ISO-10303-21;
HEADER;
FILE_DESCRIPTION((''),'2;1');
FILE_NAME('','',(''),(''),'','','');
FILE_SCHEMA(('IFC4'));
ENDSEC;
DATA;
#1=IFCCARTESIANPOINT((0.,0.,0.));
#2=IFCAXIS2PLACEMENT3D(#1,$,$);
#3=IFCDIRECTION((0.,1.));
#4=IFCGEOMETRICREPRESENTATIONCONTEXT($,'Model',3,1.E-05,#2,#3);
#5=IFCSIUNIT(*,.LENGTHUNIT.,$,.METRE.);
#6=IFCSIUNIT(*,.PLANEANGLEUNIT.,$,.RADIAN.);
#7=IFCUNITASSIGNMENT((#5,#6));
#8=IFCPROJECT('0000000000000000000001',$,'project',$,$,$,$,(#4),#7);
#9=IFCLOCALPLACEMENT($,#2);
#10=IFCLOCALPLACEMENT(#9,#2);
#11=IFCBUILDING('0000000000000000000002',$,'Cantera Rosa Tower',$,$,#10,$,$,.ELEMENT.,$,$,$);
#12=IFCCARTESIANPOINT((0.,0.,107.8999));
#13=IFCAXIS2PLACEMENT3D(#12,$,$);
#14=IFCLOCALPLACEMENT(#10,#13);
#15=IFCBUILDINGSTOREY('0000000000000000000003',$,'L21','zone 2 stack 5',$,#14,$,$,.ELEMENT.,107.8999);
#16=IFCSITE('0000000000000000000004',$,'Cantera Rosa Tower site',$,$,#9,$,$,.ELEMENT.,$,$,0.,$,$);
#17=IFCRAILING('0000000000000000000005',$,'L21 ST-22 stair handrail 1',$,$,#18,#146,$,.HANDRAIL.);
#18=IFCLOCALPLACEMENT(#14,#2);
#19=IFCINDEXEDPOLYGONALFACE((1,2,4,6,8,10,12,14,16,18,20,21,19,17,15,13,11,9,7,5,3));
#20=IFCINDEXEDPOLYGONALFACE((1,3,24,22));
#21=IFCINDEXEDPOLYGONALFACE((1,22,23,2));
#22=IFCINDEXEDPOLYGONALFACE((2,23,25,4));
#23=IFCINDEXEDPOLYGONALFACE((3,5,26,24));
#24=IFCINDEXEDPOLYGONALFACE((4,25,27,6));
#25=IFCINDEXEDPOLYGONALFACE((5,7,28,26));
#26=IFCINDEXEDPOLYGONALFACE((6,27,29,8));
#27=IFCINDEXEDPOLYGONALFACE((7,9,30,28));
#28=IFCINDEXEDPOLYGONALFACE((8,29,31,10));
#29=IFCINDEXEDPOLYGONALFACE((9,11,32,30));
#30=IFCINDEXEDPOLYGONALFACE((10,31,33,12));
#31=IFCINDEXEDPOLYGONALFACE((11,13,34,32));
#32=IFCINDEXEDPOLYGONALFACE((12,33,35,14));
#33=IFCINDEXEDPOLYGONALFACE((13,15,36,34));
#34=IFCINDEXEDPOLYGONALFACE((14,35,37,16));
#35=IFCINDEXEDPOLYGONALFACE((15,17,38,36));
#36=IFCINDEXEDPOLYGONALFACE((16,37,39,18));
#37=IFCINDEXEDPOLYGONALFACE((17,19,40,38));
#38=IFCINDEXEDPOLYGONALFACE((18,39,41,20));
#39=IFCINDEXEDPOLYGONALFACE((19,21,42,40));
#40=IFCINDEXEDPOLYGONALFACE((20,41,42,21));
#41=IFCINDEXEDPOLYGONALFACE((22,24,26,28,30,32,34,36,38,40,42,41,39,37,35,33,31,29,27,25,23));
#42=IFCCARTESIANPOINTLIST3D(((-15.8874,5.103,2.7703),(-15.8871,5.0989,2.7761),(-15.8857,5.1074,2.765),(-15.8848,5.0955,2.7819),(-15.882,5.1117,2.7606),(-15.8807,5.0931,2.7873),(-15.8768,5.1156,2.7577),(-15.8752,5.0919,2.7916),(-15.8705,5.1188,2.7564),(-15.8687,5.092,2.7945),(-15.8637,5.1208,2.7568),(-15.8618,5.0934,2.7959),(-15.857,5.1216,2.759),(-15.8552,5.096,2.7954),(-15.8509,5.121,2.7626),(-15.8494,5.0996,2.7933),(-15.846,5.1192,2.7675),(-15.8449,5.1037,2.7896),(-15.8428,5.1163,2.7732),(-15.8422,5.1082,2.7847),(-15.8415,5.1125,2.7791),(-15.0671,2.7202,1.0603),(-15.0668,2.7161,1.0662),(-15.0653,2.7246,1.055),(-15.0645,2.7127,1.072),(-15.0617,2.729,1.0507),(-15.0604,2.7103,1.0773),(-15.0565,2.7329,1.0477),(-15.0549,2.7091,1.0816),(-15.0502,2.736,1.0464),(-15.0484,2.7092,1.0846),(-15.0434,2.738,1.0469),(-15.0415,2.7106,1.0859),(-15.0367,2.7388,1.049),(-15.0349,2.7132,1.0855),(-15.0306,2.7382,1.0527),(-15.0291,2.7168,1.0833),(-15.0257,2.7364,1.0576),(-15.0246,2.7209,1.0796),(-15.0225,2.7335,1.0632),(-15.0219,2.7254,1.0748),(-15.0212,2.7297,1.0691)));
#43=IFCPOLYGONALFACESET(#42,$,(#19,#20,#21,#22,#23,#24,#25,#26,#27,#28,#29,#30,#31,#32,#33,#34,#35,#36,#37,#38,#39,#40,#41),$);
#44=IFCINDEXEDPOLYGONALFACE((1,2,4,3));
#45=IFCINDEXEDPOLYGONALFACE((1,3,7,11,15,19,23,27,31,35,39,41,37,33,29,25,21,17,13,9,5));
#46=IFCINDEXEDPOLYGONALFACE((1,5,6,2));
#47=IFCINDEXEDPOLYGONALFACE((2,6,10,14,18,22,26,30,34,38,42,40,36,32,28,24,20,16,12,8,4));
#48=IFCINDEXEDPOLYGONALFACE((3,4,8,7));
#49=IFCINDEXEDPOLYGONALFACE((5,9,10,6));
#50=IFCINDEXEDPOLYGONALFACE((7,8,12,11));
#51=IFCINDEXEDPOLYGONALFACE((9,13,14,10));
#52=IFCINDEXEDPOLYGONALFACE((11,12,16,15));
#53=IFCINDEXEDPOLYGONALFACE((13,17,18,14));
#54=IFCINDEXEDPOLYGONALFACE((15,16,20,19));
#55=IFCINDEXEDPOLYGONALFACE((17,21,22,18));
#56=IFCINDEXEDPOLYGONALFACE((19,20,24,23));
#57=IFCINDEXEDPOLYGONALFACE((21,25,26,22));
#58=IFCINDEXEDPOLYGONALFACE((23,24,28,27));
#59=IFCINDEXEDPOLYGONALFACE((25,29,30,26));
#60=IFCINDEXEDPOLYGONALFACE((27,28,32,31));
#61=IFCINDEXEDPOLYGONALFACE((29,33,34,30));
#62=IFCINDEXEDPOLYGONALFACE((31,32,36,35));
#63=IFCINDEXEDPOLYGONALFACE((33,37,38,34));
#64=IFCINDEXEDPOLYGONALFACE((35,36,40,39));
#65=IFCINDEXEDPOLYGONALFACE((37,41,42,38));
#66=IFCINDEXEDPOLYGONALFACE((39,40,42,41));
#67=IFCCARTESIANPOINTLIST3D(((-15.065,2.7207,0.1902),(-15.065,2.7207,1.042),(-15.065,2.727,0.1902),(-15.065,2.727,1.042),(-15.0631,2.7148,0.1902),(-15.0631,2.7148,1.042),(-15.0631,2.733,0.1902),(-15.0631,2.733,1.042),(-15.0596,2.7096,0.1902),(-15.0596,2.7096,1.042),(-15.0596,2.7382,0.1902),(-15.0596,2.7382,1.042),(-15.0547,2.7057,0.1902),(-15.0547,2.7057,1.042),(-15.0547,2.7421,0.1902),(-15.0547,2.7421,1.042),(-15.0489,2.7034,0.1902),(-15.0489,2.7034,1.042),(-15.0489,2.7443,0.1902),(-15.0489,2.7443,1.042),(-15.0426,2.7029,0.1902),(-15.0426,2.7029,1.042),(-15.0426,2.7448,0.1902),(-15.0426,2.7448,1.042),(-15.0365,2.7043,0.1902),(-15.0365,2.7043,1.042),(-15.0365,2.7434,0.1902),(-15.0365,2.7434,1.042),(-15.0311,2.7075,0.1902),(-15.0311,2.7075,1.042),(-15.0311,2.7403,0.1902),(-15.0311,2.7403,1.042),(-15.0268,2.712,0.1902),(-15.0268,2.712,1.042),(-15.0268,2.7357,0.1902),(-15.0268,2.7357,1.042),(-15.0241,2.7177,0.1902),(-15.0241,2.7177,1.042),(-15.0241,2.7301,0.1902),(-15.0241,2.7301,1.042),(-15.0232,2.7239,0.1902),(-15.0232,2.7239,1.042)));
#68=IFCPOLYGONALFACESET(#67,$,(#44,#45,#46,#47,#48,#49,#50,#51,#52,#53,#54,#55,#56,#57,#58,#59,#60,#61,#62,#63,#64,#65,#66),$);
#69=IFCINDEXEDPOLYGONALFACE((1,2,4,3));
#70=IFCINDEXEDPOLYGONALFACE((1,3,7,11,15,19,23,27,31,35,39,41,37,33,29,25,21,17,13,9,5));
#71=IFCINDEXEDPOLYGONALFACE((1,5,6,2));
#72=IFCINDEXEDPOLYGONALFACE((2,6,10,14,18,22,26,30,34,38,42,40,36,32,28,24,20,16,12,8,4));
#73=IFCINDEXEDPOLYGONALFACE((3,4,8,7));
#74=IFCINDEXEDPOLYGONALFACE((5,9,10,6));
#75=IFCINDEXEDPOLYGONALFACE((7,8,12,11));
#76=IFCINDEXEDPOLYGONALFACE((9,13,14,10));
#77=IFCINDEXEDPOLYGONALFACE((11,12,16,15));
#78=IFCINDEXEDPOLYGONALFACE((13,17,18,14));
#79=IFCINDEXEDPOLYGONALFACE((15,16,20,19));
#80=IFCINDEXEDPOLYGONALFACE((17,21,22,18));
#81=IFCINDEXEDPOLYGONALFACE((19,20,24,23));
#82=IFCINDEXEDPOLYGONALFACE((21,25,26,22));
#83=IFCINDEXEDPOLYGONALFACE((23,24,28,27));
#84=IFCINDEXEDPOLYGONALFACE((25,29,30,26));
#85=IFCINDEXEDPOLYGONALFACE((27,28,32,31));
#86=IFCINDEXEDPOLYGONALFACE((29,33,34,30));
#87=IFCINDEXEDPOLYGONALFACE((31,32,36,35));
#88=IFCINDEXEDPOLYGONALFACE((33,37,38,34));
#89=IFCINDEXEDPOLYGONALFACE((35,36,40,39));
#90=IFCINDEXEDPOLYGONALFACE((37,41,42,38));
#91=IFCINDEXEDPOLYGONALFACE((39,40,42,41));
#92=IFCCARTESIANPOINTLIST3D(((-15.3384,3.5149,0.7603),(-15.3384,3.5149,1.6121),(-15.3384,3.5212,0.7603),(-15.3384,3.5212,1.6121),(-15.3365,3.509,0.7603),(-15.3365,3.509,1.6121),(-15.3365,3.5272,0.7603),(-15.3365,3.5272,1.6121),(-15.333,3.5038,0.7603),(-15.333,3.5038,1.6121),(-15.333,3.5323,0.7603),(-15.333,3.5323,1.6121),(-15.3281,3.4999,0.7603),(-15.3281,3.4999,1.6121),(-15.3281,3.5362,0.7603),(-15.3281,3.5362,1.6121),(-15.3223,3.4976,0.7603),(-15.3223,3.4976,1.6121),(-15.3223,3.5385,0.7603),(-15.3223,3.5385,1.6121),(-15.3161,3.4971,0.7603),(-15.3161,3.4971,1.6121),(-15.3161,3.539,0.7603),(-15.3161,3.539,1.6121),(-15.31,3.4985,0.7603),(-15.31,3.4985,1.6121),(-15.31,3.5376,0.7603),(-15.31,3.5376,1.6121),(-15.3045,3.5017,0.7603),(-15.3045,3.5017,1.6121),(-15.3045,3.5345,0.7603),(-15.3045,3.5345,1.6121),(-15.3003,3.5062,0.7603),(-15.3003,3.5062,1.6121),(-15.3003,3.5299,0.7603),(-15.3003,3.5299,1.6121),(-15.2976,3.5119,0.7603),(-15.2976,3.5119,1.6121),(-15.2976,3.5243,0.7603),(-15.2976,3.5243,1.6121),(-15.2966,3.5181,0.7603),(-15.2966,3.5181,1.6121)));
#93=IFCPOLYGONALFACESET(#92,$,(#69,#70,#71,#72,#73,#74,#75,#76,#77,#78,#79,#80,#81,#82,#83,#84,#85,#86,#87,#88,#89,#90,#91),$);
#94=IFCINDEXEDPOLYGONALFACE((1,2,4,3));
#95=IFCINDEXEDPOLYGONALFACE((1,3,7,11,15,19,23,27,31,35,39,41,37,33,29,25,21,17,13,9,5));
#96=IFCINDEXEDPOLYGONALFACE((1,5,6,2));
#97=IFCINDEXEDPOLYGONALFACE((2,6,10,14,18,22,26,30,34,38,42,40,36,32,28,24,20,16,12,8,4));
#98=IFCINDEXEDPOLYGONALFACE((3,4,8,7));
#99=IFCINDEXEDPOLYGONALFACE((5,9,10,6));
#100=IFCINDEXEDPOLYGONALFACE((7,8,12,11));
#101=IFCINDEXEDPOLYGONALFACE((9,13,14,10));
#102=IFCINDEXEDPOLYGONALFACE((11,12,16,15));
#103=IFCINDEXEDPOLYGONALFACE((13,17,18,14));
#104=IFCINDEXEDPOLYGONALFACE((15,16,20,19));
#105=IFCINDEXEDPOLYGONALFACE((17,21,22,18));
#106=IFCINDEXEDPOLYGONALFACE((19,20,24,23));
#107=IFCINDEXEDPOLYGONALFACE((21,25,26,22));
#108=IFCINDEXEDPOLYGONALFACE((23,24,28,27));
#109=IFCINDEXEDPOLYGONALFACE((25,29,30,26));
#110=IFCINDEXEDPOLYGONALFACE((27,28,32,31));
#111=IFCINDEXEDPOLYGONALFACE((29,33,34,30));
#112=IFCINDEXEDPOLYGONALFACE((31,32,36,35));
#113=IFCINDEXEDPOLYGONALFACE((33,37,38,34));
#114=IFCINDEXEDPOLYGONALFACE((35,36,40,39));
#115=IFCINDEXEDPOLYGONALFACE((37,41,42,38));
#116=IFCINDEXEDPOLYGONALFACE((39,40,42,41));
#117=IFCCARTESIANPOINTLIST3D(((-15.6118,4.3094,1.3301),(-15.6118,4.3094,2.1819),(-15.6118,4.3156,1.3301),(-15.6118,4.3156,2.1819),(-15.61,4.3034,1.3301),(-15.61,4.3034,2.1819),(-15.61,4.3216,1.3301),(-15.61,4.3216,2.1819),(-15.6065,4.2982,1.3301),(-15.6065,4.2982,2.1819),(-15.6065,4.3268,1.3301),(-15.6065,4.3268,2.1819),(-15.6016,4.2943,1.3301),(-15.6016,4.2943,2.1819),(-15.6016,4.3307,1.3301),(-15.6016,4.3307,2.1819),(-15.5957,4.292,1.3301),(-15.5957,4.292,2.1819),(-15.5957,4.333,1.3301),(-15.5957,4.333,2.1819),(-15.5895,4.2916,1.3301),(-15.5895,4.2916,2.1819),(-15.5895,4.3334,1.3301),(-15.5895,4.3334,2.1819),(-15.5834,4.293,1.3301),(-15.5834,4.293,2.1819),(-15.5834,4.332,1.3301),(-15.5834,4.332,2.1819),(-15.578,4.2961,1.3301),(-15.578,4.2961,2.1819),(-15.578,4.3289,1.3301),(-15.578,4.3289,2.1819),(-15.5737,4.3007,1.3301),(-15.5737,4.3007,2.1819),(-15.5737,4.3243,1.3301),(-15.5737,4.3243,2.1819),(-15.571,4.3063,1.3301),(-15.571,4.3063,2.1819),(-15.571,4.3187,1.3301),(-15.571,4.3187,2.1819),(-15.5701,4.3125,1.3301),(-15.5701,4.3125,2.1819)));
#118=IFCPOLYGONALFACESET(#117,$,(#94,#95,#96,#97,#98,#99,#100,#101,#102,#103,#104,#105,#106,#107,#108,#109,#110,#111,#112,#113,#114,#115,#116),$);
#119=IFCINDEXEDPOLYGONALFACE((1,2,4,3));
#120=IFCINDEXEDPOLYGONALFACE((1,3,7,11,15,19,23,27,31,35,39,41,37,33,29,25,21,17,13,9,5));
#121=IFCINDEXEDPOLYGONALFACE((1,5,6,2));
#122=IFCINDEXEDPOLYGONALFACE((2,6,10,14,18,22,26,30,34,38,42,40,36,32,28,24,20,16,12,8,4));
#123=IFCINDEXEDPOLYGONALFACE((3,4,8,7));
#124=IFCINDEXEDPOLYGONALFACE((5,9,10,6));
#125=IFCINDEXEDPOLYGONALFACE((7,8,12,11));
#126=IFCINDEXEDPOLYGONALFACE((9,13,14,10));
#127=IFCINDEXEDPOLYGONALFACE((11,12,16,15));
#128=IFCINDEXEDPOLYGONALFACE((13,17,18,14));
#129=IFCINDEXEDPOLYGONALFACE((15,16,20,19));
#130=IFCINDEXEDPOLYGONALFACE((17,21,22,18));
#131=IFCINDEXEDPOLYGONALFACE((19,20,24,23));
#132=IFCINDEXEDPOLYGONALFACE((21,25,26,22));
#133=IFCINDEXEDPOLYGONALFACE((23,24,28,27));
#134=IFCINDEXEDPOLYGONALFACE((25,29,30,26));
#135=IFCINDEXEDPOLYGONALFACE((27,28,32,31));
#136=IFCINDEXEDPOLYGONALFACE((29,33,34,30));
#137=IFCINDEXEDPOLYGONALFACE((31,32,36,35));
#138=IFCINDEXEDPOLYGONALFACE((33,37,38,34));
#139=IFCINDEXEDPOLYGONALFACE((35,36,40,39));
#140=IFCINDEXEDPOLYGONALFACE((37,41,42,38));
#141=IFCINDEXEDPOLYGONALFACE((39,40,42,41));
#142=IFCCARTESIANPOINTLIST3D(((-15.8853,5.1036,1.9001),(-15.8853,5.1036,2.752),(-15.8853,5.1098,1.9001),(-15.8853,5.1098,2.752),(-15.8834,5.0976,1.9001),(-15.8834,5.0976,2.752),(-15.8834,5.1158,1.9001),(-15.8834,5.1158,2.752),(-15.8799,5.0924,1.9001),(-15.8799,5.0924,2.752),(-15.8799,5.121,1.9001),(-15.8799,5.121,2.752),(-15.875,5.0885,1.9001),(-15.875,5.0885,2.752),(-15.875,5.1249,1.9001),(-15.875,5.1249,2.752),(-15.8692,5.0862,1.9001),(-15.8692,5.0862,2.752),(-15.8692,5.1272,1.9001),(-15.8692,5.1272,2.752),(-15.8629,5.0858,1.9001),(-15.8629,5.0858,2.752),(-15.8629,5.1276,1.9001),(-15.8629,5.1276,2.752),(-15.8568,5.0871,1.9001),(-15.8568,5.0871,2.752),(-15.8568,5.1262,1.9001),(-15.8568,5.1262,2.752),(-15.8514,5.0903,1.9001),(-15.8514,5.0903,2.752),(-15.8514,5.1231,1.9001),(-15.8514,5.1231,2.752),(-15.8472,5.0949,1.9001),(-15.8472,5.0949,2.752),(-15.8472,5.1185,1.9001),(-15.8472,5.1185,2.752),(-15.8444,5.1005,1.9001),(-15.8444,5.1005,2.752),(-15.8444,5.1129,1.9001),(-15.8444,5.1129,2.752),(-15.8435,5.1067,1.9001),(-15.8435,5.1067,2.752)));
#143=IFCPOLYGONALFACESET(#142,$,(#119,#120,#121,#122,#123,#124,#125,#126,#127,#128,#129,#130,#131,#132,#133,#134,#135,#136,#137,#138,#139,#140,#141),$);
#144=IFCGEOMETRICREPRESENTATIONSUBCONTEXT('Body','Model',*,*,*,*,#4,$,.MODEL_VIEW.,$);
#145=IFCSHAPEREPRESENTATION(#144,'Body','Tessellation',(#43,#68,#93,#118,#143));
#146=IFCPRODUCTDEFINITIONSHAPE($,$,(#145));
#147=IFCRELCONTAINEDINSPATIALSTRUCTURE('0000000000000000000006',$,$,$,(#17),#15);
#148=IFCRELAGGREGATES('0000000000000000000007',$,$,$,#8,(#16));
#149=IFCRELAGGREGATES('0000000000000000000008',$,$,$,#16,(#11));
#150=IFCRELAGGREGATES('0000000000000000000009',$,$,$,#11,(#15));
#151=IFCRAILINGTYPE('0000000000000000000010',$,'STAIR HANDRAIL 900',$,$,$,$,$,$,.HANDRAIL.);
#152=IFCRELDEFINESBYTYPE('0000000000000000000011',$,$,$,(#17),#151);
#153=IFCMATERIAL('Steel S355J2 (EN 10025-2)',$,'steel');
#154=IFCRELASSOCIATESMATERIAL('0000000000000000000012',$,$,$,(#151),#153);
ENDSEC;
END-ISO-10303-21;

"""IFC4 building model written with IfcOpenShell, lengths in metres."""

from ifc_helpers import new_model, si_unit, direction, frame, origin, origin_2d, place, context, subcontext, project, spatial, circle, extrude, material, type_object, element, save


model = new_model("IFC4")

# Units and contexts
model_context = context("Model", 3, precision=1e-05, world=origin(), true_north=direction((0.0, 1.0)))
body_context = subcontext(model_context, "Body", "Model", "MODEL_VIEW")
ifc_project = project(units=[si_unit("LENGTHUNIT", "METRE"), si_unit("PLANEANGLEUNIT", "RADIAN")], contexts=[model_context])

# Site, building, storey
site_placement = place(None, origin())
site = spatial("IfcSite", under=ifc_project, at=site_placement, Name="Cantera Rosa Tower site", CompositionType="ELEMENT", RefElevation=0.0)
building_placement = place(site_placement, origin())
building = spatial("IfcBuilding", under=site, at=building_placement, Name="Cantera Rosa Tower", CompositionType="ELEMENT")
storey_placement = place(building_placement, frame((0.0, 0.0, 107.8999)))
storey = spatial("IfcBuildingStorey", under=building, at=storey_placement, Name="L21", Description="zone 2 stack 5", CompositionType="ELEMENT", Elevation=107.8999)

# Railing
ifc_material_1 = material(Name="Steel S355J2 (EN 10025-2)", Category="steel")
railing_type_1 = type_object("IfcRailingType", Name="STAIR HANDRAIL 900", PredefinedType="HANDRAIL", material=ifc_material_1)
railing_1_placement = place(storey_placement, frame((-15.0442, 2.7239, 0.1902)))
element("IfcRailing", 1, at=railing_1_placement, inside=storey, type_object=railing_type_1, Name="L21 ST-22 stair handrail 1", PredefinedType="HANDRAIL", context=body_context, shape_type="SweptSolid", body=[
    extrude(circle(Radius=0.0239, at=origin_2d()), frame((0.0, 0.0, 0.876), z_axis=(-0.269358, 0.782421, 0.561483), x_axis=(-0.945538, -0.325513, 0.0)), (0.0, 0.0, 1.0), 3.0454),
    extrude(circle(Radius=0.021, at=origin_2d()), origin(), (0.0, 0.0, 1.0), 0.8518),
    extrude(circle(Radius=0.021, at=origin_2d()), frame((-0.2734, 0.7942, 0.5701)), (0.0, 0.0, 1.0), 0.8518),
    extrude(circle(Radius=0.021, at=origin_2d()), frame((-0.5469, 1.5886, 1.1399)), (0.0, 0.0, 1.0), 0.8518),
    extrude(circle(Radius=0.021, at=origin_2d()), frame((-0.8203, 2.3828, 1.71)), (0.0, 0.0, 1.0), 0.8518),
])

save(model, "model.ifc")
